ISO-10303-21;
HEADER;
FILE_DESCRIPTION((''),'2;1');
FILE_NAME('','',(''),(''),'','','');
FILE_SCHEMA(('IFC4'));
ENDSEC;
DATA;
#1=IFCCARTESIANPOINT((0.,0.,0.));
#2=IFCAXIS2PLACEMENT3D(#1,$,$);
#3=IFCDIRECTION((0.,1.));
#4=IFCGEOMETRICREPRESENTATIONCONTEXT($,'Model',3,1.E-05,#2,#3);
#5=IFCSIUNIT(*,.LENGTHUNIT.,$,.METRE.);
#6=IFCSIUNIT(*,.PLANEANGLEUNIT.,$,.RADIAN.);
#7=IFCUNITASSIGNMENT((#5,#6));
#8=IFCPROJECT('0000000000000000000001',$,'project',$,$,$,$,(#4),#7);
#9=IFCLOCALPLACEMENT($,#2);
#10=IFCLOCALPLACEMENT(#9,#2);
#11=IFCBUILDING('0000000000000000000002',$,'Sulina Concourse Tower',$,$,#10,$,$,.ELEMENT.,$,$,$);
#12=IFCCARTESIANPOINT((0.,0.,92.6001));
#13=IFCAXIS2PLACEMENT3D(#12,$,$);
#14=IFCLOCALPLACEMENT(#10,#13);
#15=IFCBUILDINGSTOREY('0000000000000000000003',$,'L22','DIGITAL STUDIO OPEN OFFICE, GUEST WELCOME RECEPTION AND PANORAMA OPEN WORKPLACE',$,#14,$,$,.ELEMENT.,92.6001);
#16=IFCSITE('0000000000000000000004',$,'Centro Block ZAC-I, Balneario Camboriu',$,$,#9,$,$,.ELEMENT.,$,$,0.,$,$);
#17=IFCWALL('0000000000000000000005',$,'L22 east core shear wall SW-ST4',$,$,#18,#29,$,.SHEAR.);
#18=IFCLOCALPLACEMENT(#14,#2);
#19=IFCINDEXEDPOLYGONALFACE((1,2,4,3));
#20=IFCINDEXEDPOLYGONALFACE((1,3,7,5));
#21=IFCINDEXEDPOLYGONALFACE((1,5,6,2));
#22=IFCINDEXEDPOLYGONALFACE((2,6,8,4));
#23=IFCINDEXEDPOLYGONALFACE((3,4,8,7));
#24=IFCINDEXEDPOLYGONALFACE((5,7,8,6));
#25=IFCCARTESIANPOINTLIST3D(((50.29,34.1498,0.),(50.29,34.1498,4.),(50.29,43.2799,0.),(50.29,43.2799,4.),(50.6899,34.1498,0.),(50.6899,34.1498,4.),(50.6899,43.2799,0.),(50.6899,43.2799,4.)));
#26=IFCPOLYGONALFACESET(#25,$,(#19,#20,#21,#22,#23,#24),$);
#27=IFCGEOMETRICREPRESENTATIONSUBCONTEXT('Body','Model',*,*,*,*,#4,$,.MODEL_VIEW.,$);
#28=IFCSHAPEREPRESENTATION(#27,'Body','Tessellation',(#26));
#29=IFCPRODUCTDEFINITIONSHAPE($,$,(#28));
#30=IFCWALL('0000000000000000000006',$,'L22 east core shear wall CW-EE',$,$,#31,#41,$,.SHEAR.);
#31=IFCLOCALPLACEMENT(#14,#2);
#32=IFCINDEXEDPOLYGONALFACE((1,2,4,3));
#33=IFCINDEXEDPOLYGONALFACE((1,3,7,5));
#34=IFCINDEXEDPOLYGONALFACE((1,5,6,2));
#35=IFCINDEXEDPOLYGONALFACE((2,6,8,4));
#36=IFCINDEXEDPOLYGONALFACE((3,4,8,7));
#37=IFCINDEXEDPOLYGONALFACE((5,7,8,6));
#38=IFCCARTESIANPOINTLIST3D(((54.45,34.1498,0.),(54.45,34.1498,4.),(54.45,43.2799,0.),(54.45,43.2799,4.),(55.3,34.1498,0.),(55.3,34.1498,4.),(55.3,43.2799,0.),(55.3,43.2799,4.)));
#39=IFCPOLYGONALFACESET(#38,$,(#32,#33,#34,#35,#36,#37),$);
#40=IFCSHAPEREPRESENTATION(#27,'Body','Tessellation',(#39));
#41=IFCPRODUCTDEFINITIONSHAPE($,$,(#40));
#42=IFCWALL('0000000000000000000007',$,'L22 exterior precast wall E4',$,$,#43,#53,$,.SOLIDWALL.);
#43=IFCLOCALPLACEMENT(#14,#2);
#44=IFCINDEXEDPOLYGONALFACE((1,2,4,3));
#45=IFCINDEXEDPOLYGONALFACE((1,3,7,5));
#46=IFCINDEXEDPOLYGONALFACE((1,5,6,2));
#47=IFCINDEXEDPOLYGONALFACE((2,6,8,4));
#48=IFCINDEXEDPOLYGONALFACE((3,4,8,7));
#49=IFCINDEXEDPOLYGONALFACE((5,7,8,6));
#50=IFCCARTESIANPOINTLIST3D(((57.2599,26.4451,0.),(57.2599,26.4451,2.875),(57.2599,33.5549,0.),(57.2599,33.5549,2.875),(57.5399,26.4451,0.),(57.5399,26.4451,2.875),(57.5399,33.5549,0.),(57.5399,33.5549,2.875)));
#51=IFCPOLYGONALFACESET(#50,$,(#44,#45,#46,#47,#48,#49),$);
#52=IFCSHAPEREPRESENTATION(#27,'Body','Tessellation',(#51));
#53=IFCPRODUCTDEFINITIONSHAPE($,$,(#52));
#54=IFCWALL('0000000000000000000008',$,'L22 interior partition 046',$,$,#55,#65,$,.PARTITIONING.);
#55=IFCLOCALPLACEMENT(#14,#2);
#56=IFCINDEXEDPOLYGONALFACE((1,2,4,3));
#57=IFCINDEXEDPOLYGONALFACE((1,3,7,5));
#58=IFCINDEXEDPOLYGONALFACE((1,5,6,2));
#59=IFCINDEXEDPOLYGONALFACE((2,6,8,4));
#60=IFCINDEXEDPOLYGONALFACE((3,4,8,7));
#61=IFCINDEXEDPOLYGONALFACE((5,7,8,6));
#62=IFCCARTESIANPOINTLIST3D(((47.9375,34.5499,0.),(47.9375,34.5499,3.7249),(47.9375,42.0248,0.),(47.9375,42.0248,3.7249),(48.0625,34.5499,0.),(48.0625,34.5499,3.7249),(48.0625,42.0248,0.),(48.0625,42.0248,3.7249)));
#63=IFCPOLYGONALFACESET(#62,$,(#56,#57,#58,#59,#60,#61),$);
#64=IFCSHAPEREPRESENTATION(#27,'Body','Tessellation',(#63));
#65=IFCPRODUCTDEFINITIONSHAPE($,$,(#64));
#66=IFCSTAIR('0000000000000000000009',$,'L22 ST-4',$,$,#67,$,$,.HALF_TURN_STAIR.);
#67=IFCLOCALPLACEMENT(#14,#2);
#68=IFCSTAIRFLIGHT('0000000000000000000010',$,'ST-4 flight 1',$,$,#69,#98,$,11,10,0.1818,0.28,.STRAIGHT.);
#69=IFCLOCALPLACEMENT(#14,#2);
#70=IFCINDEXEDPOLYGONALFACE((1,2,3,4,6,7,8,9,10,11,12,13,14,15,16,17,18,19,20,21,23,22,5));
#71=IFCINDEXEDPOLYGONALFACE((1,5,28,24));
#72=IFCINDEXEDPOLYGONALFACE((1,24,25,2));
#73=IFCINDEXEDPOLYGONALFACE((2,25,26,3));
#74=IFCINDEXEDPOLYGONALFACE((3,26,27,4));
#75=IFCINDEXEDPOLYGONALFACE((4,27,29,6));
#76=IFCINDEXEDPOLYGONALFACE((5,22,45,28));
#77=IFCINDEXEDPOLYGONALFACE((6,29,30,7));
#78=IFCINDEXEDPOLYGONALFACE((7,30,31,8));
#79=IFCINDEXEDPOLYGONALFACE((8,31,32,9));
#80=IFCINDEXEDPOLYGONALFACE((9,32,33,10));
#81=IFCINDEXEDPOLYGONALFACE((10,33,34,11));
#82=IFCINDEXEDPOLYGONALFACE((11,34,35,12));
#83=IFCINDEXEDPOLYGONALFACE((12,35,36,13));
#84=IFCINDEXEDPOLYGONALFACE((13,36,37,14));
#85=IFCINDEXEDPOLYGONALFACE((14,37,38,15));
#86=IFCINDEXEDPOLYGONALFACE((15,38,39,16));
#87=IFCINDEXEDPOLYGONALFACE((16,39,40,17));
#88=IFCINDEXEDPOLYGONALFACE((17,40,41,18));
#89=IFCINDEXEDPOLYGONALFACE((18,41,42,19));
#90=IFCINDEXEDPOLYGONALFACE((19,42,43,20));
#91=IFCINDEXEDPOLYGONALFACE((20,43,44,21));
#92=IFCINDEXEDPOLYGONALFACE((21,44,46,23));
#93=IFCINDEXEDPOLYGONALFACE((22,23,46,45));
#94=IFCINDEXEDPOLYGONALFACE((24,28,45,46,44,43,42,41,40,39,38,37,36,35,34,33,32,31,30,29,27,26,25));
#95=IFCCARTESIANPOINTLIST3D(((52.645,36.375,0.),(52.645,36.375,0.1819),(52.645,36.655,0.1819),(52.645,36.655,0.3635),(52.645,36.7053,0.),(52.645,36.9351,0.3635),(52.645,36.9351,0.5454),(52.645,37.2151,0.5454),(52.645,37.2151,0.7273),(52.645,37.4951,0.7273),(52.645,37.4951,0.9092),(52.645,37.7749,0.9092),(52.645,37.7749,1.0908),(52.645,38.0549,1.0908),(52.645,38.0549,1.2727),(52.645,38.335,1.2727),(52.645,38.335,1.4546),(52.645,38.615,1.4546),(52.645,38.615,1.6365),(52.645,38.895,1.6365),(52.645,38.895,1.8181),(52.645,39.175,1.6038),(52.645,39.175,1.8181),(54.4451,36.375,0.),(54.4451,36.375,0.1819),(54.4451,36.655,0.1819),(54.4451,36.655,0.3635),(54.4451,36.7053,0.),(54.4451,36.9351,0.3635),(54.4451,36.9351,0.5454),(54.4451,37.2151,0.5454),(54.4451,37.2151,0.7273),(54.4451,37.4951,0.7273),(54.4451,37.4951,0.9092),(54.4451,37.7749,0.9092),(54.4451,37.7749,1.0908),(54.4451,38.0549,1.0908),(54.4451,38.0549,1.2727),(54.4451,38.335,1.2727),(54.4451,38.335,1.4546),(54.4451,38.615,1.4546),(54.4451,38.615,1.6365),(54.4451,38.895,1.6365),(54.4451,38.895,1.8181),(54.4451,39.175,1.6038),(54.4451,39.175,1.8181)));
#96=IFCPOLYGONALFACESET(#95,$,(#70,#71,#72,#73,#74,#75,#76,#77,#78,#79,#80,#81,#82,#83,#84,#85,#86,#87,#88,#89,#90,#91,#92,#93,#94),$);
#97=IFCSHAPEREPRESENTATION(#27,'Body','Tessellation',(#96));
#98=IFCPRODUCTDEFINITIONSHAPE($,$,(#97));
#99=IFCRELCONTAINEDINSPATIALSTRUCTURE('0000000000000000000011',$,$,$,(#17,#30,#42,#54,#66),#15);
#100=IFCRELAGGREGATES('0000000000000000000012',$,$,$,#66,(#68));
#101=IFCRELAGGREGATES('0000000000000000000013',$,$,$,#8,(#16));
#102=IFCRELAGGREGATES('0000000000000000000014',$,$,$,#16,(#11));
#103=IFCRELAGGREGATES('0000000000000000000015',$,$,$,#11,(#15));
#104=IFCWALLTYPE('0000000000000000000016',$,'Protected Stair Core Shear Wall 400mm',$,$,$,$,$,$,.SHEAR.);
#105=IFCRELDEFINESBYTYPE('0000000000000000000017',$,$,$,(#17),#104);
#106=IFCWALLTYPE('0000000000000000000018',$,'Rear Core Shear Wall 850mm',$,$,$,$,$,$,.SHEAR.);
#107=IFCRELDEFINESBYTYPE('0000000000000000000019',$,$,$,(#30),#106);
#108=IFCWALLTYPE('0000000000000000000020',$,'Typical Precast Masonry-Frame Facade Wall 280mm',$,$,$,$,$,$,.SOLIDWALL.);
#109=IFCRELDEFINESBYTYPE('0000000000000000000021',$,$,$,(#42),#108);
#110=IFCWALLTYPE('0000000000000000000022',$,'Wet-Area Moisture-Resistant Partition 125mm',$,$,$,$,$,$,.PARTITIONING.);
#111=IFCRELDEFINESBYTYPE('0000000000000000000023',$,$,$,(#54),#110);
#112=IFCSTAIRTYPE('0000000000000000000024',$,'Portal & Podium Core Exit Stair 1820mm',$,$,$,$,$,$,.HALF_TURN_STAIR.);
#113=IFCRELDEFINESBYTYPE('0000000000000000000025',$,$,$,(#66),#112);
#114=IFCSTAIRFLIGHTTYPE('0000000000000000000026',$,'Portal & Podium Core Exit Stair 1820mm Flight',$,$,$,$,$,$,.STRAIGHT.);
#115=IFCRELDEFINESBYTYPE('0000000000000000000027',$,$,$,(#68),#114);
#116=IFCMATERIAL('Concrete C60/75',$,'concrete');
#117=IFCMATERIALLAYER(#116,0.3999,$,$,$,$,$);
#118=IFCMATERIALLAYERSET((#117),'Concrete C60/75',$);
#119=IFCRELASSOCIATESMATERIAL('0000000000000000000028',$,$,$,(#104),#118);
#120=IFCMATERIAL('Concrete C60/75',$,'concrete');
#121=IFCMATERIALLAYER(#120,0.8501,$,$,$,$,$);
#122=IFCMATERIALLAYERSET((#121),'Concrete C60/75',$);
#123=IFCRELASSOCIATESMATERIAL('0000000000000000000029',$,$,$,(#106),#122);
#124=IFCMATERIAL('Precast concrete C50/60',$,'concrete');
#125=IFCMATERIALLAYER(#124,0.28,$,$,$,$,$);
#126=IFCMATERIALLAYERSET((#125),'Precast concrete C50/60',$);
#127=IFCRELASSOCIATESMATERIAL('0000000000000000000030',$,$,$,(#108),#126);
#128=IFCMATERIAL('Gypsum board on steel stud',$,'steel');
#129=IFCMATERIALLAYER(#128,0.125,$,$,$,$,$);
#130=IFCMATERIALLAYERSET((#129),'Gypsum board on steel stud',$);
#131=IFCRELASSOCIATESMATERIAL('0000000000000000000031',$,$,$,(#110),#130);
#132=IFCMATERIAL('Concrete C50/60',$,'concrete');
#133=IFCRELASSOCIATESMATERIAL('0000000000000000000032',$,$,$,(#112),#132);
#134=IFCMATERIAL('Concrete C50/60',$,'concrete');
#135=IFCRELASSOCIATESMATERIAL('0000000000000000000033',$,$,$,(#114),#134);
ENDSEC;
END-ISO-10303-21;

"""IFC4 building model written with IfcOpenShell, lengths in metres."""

from ifc_helpers import new_model, si_unit, direction, frame, frame_2d, origin, place, context, subcontext, project, spatial, polyline, rectangle, outline, extrude, material, layer, layer_set, type_object, element, aggregate, save


model = new_model("IFC4")

# Units and contexts
model_context = context("Model", 3, precision=1e-05, world=origin(), true_north=direction((0.0, 1.0)))
body_context = subcontext(model_context, "Body", "Model", "MODEL_VIEW")
ifc_project = project(units=[si_unit("LENGTHUNIT", "METRE"), si_unit("PLANEANGLEUNIT", "RADIAN")], contexts=[model_context])

# Site, building, storey
site_placement = place(None, origin())
site = spatial("IfcSite", under=ifc_project, at=site_placement, Name="Centro Block ZAC-I, Balneario Camboriu", CompositionType="ELEMENT", RefElevation=0.0)
building_placement = place(site_placement, origin())
building = spatial("IfcBuilding", under=site, at=building_placement, Name="Sulina Concourse Tower", CompositionType="ELEMENT")
storey_placement = place(building_placement, frame((0.0, 0.0, 92.6001)))
storey = spatial("IfcBuildingStorey", under=building, at=storey_placement, Name="L22", Description="DIGITAL STUDIO OPEN OFFICE, GUEST WELCOME RECEPTION AND PANORAMA OPEN WORKPLACE", CompositionType="ELEMENT", Elevation=92.6001)

# Shared definitions
ifc_material_1 = material(Name="Concrete C60/75", Category="concrete")
ifc_layer_1 = layer(ifc_material_1, 0.3999)
ifc_layer_set_1 = layer_set([ifc_layer_1], Name="Concrete C60/75")
wall_type_1 = type_object("IfcWallType", Name="Protected Stair Core Shear Wall 400mm", PredefinedType="SHEAR", material=ifc_layer_set_1)

# Walls
wall_1_placement = place(storey_placement, frame((50.49, 34.1499, 0.0), z_axis=(0.0, 0.0, 1.0), x_axis=(0.0, 1.0, 0.0)))
element("IfcWall", 1, at=wall_1_placement, inside=storey, type_object=wall_type_1, Name="L22 east core shear wall SW-ST4", PredefinedType="SHEAR", context=body_context, shape_type="SweptSolid", body=[
    extrude(rectangle(XDim=9.1301, YDim=0.3999, at=frame_2d((4.5649, 0.0))), origin(), (0.0, 0.0, 1.0), 4.0),
])
ifc_material_2 = material(Name="Concrete C60/75", Category="concrete")
ifc_layer_2 = layer(ifc_material_2, 0.8501)
ifc_layer_set_2 = layer_set([ifc_layer_2], Name="Concrete C60/75")
wall_type_2 = type_object("IfcWallType", Name="Rear Core Shear Wall 850mm", PredefinedType="SHEAR", material=ifc_layer_set_2)
wall_2_placement = place(storey_placement, frame((54.875, 34.1499, 0.0), z_axis=(0.0, 0.0, 1.0), x_axis=(0.0, 1.0, 0.0)))
element("IfcWall", 2, at=wall_2_placement, inside=storey, type_object=wall_type_2, Name="L22 east core shear wall CW-EE", PredefinedType="SHEAR", context=body_context, shape_type="SweptSolid", body=[
    extrude(rectangle(XDim=9.1301, YDim=0.8501, at=frame_2d((4.5649, 0.0))), origin(), (0.0, 0.0, 1.0), 4.0),
])
ifc_material_3 = material(Name="Precast concrete C50/60", Category="concrete")
ifc_layer_3 = layer(ifc_material_3, 0.28)
ifc_layer_set_3 = layer_set([ifc_layer_3], Name="Precast concrete C50/60")
wall_type_3 = type_object("IfcWallType", Name="Typical Precast Masonry-Frame Facade Wall 280mm", PredefinedType="SOLIDWALL", material=ifc_layer_set_3)
wall_3_placement = place(storey_placement, frame((57.3999, 33.5549, 0.0), z_axis=(0.0, 0.0, 1.0), x_axis=(0.0, -1.0, 0.0)))
element("IfcWall", 3, at=wall_3_placement, inside=storey, type_object=wall_type_3, Name="L22 exterior precast wall E4", PredefinedType="SOLIDWALL", context=body_context, shape_type="SweptSolid", body=[
    extrude(rectangle(XDim=7.1099, YDim=0.28, at=frame_2d((3.5549, 0.0))), origin(), (0.0, 0.0, 1.0), 2.875),
])
ifc_material_4 = material(Name="Gypsum board on steel stud", Category="steel")
ifc_layer_4 = layer(ifc_material_4, 0.125)
ifc_layer_set_4 = layer_set([ifc_layer_4], Name="Gypsum board on steel stud")
wall_type_4 = type_object("IfcWallType", Name="Wet-Area Moisture-Resistant Partition 125mm", PredefinedType="PARTITIONING", material=ifc_layer_set_4)
wall_4_placement = place(storey_placement, frame((48.0, 34.55, 0.0), z_axis=(0.0, 0.0, 1.0), x_axis=(0.0, 1.0, 0.0)))
element("IfcWall", 4, at=wall_4_placement, inside=storey, type_object=wall_type_4, Name="L22 interior partition 046", PredefinedType="PARTITIONING", context=body_context, shape_type="SweptSolid", body=[
    extrude(rectangle(XDim=7.4749, YDim=0.125, at=frame_2d((3.7373, 0.0))), origin(), (0.0, 0.0, 1.0), 3.7249),
])

# Stair, stair flight
ifc_material_5 = material(Name="Concrete C50/60", Category="concrete")
stair_type = type_object("IfcStairType", Name="Portal & Podium Core Exit Stair 1820mm", PredefinedType="HALF_TURN_STAIR", material=ifc_material_5)
stair_placement = place(storey_placement, origin())
stair = element("IfcStair", 5, at=stair_placement, inside=storey, type_object=stair_type, Name="L22 ST-4", PredefinedType="HALF_TURN_STAIR")
ifc_material_6 = material(Name="Concrete C50/60", Category="concrete")
stair_flight_type = type_object("IfcStairFlightType", Name="Portal & Podium Core Exit Stair 1820mm Flight", PredefinedType="STRAIGHT", material=ifc_material_6)
stair_flight_placement = place(storey_placement, frame((53.5449, 36.375, 0.0), z_axis=(0.0, 0.0, 1.0), x_axis=(0.0, 1.0, 0.0)))
stair_flight = element("IfcStairFlight", 6, at=stair_flight_placement, type_object=stair_flight_type, Name="ST-4 flight 1", NumberOfRisers=11, NumberOfTreads=10, PredefinedType="STRAIGHT", RiserHeight=0.1818, TreadLength=0.28, context=body_context, shape_type="SweptSolid", body=[
    extrude(outline(polyline([(0.0, 0.0), (0.0, 0.1819), (0.28, 0.1819), (0.28, 0.3635), (0.5601, 0.3635), (0.5601, 0.5454), (0.8401, 0.5454), (0.8401, 0.7273), (1.1201, 0.7273), (1.1201, 0.9092), (1.3999, 0.9092), (1.3999, 1.0908), (1.6799, 1.0908), (1.6799, 1.2727), (1.96, 1.2727), (1.96, 1.4546), (2.24, 1.4546), (2.24, 1.6365), (2.52, 1.6365), (2.52, 1.8181), (2.8, 1.8181), (2.8, 2.0), (2.8, 1.6038), (0.3303, 0.0), (0.0, 0.0)])), frame((0.0, 0.8999, 0.0), z_axis=(0.0, -1.0, 0.0), x_axis=(1.0, 0.0, 0.0)), (0.0, 0.0, 1.0), 1.8),
])
aggregate(stair, [stair_flight])

save(model, "model.ifc")
